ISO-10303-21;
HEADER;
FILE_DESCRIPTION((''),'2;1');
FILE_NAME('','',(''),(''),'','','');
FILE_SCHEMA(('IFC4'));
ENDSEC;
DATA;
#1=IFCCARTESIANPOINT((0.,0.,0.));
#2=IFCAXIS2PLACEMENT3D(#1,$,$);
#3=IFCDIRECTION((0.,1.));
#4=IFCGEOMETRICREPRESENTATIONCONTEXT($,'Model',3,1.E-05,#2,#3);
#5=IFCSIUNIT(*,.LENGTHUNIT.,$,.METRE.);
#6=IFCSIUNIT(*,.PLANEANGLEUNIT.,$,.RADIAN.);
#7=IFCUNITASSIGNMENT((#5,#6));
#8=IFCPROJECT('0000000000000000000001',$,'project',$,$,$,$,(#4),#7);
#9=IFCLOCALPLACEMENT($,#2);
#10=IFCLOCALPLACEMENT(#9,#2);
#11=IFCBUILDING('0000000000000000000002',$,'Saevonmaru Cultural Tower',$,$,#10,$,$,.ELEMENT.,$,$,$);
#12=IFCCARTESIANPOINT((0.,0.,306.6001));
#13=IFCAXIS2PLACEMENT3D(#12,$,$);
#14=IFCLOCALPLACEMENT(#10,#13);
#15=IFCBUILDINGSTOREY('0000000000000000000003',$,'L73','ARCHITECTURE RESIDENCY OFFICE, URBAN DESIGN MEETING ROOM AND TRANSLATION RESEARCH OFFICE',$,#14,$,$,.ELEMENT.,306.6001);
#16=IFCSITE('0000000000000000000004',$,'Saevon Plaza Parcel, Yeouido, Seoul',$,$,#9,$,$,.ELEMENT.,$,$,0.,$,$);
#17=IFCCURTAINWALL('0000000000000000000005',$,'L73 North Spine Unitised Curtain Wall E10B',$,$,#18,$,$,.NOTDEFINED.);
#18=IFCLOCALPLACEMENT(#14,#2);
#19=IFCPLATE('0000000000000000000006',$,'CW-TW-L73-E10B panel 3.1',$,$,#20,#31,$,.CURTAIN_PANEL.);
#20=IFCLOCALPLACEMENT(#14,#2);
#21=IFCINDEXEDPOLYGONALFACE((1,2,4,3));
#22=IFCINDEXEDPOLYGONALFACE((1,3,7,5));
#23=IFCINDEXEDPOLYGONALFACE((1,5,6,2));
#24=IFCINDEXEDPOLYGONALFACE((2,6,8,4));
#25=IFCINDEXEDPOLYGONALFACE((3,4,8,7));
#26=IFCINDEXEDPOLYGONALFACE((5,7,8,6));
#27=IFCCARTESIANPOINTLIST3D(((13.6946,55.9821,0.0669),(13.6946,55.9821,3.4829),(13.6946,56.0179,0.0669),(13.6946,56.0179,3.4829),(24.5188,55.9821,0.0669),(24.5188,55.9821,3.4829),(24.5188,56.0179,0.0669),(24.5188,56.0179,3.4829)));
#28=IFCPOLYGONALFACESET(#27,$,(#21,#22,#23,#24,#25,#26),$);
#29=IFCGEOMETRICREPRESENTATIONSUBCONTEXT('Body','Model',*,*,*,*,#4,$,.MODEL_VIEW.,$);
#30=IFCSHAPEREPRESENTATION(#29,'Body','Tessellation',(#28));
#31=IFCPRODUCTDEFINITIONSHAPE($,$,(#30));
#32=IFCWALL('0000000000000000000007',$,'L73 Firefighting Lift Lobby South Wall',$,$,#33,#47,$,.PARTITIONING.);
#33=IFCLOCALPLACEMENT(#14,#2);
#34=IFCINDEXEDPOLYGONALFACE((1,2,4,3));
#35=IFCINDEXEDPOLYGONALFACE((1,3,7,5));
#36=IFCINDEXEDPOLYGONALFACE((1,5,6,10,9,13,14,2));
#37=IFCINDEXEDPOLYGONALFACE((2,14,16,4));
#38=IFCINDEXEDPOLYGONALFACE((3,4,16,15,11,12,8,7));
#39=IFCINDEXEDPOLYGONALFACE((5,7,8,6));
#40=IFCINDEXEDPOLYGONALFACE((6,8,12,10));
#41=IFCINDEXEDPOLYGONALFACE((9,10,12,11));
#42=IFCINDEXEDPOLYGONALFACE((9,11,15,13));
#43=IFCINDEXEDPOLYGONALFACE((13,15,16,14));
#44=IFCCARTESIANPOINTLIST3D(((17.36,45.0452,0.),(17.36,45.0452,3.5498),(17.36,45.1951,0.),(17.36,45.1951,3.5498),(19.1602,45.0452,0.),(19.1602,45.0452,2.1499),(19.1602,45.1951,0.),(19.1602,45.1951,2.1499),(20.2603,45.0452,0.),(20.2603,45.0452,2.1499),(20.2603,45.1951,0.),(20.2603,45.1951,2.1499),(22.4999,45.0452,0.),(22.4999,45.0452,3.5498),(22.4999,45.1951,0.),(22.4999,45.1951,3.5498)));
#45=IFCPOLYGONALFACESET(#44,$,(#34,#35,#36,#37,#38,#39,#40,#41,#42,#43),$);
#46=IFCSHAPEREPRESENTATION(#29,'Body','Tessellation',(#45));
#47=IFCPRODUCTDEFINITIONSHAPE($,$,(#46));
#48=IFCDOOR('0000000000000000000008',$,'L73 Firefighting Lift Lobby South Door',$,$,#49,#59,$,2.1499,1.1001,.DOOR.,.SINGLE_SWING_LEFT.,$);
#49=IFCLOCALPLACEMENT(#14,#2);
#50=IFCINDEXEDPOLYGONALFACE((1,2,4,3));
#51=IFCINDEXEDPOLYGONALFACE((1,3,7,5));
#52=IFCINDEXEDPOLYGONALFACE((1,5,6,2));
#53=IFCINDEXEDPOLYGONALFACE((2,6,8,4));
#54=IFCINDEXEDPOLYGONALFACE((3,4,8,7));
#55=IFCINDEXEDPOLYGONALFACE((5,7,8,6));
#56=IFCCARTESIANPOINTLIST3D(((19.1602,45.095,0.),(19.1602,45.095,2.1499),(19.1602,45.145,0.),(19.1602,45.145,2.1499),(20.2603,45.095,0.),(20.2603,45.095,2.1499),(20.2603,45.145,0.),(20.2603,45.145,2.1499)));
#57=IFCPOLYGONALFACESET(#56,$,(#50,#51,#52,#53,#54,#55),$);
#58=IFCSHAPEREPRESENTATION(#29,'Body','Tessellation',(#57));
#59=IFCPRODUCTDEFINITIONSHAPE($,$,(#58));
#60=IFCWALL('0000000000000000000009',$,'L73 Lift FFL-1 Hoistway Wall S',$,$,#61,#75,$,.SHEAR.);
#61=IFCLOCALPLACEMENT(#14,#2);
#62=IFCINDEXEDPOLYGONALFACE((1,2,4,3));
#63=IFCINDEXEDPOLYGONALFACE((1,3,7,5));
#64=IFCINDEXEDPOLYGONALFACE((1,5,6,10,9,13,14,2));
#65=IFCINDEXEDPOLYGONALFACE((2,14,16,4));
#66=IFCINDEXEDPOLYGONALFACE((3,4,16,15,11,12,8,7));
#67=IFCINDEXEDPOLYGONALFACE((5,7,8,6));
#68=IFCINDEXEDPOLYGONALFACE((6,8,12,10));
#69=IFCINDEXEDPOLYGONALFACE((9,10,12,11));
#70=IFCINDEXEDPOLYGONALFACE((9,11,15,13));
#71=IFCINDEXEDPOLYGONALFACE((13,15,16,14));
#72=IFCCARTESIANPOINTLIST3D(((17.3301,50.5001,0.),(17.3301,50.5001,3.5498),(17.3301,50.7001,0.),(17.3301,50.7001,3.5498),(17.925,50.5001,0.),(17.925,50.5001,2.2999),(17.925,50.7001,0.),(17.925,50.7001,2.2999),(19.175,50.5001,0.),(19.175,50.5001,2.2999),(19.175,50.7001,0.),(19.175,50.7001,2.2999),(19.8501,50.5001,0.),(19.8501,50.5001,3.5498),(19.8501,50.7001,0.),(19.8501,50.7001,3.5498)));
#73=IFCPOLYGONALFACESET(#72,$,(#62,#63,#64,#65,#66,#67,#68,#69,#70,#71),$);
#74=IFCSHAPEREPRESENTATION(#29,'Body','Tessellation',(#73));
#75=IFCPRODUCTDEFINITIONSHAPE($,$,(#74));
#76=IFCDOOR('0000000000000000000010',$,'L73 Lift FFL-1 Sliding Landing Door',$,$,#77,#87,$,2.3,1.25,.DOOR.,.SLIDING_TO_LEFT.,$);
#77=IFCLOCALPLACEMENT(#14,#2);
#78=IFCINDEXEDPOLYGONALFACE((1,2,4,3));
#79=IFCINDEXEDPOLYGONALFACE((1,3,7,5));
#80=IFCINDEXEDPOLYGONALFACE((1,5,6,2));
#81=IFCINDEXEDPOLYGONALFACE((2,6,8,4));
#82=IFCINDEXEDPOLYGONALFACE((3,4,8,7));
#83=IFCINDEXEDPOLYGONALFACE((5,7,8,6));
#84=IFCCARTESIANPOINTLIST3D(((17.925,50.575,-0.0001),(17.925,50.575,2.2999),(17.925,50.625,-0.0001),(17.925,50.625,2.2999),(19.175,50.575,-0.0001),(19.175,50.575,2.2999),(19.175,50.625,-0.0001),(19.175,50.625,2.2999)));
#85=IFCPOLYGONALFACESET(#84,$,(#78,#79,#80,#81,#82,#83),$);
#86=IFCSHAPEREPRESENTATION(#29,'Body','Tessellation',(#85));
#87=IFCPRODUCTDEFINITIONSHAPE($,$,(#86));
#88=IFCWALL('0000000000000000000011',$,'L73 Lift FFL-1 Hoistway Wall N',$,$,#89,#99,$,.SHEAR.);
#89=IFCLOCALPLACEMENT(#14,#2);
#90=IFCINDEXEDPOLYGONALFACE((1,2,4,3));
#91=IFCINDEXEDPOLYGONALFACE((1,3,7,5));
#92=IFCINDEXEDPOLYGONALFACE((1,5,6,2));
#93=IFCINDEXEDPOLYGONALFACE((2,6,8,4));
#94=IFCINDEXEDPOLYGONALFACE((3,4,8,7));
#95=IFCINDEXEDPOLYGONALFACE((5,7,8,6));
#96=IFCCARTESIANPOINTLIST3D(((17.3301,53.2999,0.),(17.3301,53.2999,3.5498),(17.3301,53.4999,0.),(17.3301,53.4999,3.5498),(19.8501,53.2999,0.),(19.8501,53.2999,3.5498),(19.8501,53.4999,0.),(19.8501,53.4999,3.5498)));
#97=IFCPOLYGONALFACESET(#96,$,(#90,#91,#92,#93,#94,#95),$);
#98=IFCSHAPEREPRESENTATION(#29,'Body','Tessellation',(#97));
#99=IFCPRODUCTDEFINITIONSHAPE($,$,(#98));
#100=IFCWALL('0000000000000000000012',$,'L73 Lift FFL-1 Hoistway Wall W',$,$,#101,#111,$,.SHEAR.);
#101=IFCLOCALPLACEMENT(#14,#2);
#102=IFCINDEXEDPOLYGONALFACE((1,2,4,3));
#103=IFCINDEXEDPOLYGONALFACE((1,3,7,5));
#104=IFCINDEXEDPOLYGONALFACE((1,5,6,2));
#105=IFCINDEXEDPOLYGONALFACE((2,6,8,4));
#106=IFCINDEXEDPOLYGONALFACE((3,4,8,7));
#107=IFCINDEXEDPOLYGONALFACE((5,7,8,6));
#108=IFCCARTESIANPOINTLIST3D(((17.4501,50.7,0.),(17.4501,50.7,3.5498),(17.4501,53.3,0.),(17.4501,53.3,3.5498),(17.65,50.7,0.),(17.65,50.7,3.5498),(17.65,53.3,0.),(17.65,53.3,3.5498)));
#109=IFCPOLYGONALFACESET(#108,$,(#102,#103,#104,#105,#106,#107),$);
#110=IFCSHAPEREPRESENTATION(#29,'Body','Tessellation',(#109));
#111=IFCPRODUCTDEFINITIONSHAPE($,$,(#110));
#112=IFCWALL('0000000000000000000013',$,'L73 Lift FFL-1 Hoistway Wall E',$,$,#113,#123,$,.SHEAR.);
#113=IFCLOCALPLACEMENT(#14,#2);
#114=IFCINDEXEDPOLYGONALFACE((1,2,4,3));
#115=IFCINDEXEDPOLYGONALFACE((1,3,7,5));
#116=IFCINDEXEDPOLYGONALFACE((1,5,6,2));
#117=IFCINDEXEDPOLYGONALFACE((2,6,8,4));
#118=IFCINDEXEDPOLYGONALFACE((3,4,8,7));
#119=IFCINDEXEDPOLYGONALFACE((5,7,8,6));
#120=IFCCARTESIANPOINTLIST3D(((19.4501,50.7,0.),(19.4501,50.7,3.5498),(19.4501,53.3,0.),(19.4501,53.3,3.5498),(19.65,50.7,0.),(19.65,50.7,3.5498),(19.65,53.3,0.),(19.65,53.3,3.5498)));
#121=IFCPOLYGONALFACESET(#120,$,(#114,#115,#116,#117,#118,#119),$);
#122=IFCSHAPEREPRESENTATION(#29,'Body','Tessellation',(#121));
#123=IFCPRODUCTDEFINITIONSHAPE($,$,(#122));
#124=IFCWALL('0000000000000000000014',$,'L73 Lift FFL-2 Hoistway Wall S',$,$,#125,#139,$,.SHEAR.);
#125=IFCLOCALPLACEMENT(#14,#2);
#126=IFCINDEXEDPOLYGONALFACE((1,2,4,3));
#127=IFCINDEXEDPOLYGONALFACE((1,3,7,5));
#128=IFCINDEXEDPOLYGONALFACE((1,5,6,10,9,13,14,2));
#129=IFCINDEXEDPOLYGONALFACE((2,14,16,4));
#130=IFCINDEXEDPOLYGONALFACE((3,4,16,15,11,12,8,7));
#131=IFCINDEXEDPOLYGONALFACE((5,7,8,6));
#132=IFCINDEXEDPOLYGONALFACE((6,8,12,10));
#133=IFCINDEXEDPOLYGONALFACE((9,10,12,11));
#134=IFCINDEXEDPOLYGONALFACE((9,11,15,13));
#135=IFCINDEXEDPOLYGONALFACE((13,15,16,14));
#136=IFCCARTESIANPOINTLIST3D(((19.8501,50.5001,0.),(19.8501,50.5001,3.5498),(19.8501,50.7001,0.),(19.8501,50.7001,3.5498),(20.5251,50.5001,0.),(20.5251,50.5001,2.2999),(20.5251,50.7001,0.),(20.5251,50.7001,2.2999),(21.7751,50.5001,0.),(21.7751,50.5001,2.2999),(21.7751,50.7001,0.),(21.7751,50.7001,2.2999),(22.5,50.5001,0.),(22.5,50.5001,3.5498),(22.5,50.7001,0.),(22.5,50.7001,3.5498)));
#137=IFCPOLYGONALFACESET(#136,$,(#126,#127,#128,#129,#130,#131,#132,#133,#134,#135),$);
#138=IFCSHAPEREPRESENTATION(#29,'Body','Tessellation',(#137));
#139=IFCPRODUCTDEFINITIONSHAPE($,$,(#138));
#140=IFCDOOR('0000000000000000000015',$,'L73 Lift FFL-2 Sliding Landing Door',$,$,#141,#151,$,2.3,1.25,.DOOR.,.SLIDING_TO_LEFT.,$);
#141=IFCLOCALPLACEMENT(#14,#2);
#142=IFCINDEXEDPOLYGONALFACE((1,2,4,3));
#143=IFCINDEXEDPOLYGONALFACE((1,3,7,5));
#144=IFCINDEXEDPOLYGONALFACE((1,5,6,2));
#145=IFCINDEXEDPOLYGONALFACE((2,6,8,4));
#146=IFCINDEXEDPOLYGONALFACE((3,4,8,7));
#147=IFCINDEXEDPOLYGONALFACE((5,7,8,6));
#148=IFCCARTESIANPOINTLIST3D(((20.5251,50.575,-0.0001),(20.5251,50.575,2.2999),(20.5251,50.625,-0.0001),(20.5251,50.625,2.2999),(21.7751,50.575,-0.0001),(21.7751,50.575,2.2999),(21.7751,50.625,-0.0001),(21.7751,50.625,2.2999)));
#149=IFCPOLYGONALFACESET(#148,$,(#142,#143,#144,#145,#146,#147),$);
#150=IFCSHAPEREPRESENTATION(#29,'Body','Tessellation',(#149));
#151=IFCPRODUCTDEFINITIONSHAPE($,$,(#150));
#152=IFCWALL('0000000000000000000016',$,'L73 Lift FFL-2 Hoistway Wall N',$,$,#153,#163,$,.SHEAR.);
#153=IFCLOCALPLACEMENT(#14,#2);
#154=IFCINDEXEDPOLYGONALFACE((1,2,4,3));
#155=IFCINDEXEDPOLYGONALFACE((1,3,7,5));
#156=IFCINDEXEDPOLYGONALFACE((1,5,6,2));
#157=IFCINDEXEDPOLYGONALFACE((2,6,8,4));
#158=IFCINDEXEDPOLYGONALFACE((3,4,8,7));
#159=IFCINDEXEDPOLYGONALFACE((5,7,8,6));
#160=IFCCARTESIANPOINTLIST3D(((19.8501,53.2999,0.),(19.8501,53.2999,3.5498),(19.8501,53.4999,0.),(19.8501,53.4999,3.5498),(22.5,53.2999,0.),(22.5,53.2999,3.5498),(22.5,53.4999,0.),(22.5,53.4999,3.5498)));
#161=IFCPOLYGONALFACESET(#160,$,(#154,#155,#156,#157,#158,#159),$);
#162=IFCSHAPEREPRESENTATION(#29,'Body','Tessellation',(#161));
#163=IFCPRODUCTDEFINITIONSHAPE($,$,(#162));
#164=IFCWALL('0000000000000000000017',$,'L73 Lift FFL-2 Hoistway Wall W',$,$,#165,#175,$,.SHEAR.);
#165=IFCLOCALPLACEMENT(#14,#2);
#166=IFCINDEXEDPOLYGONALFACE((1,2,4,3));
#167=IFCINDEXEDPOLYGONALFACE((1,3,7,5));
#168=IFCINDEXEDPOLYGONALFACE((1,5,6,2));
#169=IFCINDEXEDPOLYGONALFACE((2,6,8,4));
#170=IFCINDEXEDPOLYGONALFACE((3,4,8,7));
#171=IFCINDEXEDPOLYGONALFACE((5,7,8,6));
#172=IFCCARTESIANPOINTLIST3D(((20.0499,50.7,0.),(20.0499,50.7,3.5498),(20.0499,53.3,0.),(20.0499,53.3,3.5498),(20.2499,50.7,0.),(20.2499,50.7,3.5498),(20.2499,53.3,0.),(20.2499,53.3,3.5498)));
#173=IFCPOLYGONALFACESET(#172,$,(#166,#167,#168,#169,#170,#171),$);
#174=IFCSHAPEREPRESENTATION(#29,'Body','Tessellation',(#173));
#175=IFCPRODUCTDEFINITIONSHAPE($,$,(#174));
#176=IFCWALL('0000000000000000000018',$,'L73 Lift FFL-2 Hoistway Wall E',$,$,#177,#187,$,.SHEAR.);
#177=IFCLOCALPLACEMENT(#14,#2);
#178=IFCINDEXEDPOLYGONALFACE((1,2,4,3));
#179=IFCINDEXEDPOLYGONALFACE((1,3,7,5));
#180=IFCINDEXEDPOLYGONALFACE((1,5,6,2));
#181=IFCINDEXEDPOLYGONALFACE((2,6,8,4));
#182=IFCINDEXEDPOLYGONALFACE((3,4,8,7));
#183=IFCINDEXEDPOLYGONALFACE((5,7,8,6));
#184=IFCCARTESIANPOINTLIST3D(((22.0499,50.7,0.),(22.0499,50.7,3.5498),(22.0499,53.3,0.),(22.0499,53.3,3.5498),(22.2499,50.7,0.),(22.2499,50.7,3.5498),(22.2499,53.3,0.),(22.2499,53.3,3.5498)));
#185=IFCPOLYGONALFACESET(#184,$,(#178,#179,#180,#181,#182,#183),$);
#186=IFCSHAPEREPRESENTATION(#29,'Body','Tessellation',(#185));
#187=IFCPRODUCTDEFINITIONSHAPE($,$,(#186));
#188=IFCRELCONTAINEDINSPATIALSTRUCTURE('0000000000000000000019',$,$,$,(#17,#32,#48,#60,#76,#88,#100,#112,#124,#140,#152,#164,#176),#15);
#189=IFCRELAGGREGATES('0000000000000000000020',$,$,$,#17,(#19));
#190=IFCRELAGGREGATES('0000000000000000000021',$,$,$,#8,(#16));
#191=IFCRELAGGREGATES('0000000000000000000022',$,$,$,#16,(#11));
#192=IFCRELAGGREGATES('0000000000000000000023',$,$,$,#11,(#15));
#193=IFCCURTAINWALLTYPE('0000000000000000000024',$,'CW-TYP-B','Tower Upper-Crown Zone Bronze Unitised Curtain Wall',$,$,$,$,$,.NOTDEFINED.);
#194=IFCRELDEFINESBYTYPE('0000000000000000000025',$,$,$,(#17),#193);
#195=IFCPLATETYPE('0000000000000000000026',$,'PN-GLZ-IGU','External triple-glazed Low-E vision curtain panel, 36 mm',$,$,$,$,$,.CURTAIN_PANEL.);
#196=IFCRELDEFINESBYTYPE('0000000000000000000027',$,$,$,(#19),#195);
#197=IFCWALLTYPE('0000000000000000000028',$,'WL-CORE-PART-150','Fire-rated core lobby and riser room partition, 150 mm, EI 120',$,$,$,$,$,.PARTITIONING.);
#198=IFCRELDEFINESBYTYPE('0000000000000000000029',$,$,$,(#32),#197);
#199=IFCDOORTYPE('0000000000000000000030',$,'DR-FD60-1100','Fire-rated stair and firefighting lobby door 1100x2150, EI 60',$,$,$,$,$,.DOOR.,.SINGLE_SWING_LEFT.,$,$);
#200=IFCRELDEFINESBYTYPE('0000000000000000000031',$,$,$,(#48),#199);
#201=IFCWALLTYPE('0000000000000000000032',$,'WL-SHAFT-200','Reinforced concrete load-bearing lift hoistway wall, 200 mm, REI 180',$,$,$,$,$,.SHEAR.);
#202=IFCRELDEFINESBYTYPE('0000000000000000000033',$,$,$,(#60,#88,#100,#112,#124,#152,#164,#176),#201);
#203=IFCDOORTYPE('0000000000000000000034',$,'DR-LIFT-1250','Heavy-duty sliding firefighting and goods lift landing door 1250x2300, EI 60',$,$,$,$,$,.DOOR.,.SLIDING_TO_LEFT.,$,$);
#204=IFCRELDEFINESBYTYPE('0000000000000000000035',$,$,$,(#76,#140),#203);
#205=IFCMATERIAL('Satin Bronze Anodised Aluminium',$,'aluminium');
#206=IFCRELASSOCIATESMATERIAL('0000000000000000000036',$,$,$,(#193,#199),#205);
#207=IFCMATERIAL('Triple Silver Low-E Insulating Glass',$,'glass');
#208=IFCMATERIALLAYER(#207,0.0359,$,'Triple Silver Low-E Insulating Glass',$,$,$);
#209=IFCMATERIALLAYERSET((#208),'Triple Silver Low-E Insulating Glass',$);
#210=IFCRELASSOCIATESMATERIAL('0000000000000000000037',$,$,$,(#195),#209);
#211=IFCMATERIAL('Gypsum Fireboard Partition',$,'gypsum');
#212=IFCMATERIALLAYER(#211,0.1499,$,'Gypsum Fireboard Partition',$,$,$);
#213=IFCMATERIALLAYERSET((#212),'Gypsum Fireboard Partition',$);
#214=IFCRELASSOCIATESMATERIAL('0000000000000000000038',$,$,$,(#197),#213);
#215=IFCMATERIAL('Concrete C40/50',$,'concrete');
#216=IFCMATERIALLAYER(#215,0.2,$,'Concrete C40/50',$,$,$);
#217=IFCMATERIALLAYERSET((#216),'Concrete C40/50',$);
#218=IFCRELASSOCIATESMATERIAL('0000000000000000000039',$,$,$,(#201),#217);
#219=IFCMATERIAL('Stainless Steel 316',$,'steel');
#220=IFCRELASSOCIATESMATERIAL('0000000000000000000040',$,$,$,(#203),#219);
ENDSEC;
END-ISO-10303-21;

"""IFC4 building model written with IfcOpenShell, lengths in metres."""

from ifc_helpers import new_model, si_unit, direction, frame, frame_2d, origin, origin_2d, place, context, subcontext, project, spatial, rectangle, extrude, material, layer, layer_set, type_object, element, fill, aggregate, save


model = new_model("IFC4")

# Units and contexts
model_context = context("Model", 3, precision=1e-05, world=origin(), true_north=direction((0.0, 1.0)))
body_context = subcontext(model_context, "Body", "Model", "MODEL_VIEW")
ifc_project = project(units=[si_unit("LENGTHUNIT", "METRE"), si_unit("PLANEANGLEUNIT", "RADIAN")], contexts=[model_context])

# Site, building, storey
site_placement = place(None, origin())
site = spatial("IfcSite", under=ifc_project, at=site_placement, Name="Saevon Plaza Parcel, Yeouido, Seoul", CompositionType="ELEMENT", RefElevation=0.0)
building_placement = place(site_placement, origin())
building = spatial("IfcBuilding", under=site, at=building_placement, Name="Saevonmaru Cultural Tower", CompositionType="ELEMENT")
storey_placement = place(building_placement, frame((0.0, 0.0, 306.6001)))
storey = spatial("IfcBuildingStorey", under=building, at=storey_placement, Name="L73", Description="ARCHITECTURE RESIDENCY OFFICE, URBAN DESIGN MEETING ROOM AND TRANSLATION RESEARCH OFFICE", CompositionType="ELEMENT", Elevation=306.6001)

# Curtain wall, plate
ifc_material_1 = material(Name="Satin Bronze Anodised Aluminium", Category="aluminium")
curtain_wall_type = type_object("IfcCurtainWallType", Name="CW-TYP-B", Description="Tower Upper-Crown Zone Bronze Unitised Curtain Wall", PredefinedType="NOTDEFINED", material=ifc_material_1)
curtain_wall_placement = place(storey_placement, origin())
curtain_wall = element("IfcCurtainWall", 1, at=curtain_wall_placement, inside=storey, type_object=curtain_wall_type, Name="L73 North Spine Unitised Curtain Wall E10B", PredefinedType="NOTDEFINED")
ifc_material_2 = material(Name="Triple Silver Low-E Insulating Glass", Category="glass")
ifc_layer_1 = layer(ifc_material_2, 0.0359, Name="Triple Silver Low-E Insulating Glass")
ifc_layer_set_1 = layer_set([ifc_layer_1], Name="Triple Silver Low-E Insulating Glass")
plate_type = type_object("IfcPlateType", Name="PN-GLZ-IGU", Description="External triple-glazed Low-E vision curtain panel, 36 mm", PredefinedType="CURTAIN_PANEL", material=ifc_layer_set_1)
plate_placement = place(storey_placement, frame((19.1067, 56.0, 0.0669), z_axis=(0.0, 0.0, 1.0), x_axis=(-1.0, 0.0, 0.0)))
plate = element("IfcPlate", 2, at=plate_placement, type_object=plate_type, Name="CW-TW-L73-E10B panel 3.1", PredefinedType="CURTAIN_PANEL", context=body_context, shape_type="SweptSolid", body=[
    extrude(rectangle(XDim=10.8242, YDim=0.0359, at=origin_2d()), origin(), (0.0, 0.0, 1.0), 3.416),
])
aggregate(curtain_wall, [plate])

# Walls, openings, doors
ifc_material_3 = material(Name="Gypsum Fireboard Partition", Category="gypsum")
ifc_layer_2 = layer(ifc_material_3, 0.1499, Name="Gypsum Fireboard Partition")
ifc_layer_set_2 = layer_set([ifc_layer_2], Name="Gypsum Fireboard Partition")
wall_type_1 = type_object("IfcWallType", Name="WL-CORE-PART-150", Description="Fire-rated core lobby and riser room partition, 150 mm, EI 120", PredefinedType="PARTITIONING", material=ifc_layer_set_2)
wall_1_placement = place(storey_placement, frame((17.3601, 45.1201, 0.0), z_axis=(0.0, 0.0, 1.0), x_axis=(1.0, 0.0, 0.0)))
wall_1 = element("IfcWall", 3, at=wall_1_placement, inside=storey, type_object=wall_type_1, Name="L73 Firefighting Lift Lobby South Wall", PredefinedType="PARTITIONING", context=body_context, shape_type="SweptSolid", body=[
    extrude(rectangle(XDim=5.1399, YDim=0.1499, at=frame_2d((2.5698, 0.0))), origin(), (0.0, 0.0, 1.0), 3.5498),
])
opening_1_placement = place(wall_1_placement, frame((1.8, 0.0, 0.0)))
opening_1 = element("IfcOpeningElement", 4, at=opening_1_placement, cuts=wall_1, PredefinedType="OPENING", context=body_context, shape_type="SweptSolid", body=[
    extrude(rectangle(XDim=1.1001, YDim=2.1499, at=frame_2d((0.55, 1.075))), frame((0.0, 0.085, 0.0), z_axis=(0.0, -1.0, 0.0), x_axis=(1.0, 0.0, 0.0)), (0.0, 0.0, 1.0), 0.1699),
])
door_type_1 = type_object("IfcDoorType", Name="DR-FD60-1100", Description="Fire-rated stair and firefighting lobby door 1100x2150, EI 60", OperationType="SINGLE_SWING_LEFT", PredefinedType="DOOR", material=ifc_material_1)
door_1_placement = place(opening_1_placement, origin())
door_1 = element("IfcDoor", 5, at=door_1_placement, inside=storey, type_object=door_type_1, Name="L73 Firefighting Lift Lobby South Door", OperationType="SINGLE_SWING_LEFT", OverallHeight=2.1499, OverallWidth=1.1001, PredefinedType="DOOR", context=body_context, shape_type="SweptSolid", body=[
    extrude(rectangle(XDim=1.1001, YDim=2.1499, at=frame_2d((0.55, 1.075))), frame((0.0, 0.0249, 0.0), z_axis=(0.0, -1.0, 0.0), x_axis=(1.0, 0.0, 0.0)), (0.0, 0.0, 1.0), 0.05),
])
fill(opening_1, door_1)
ifc_material_4 = material(Name="Concrete C40/50", Category="concrete")
ifc_layer_3 = layer(ifc_material_4, 0.2, Name="Concrete C40/50")
ifc_layer_set_3 = layer_set([ifc_layer_3], Name="Concrete C40/50")
wall_type_2 = type_object("IfcWallType", Name="WL-SHAFT-200", Description="Reinforced concrete load-bearing lift hoistway wall, 200 mm, REI 180", PredefinedType="SHEAR", material=ifc_layer_set_3)
wall_2_placement = place(storey_placement, frame((17.3301, 50.6001, 0.0), z_axis=(0.0, 0.0, 1.0), x_axis=(1.0, 0.0, 0.0)))
wall_2 = element("IfcWall", 6, at=wall_2_placement, inside=storey, type_object=wall_type_2, Name="L73 Lift FFL-1 Hoistway Wall S", PredefinedType="SHEAR", context=body_context, shape_type="SweptSolid", body=[
    extrude(rectangle(XDim=2.52, YDim=0.2, at=frame_2d((1.26, 0.0))), origin(), (0.0, 0.0, 1.0), 3.5498),
])
opening_2_placement = place(wall_2_placement, frame((0.595, 0.0, 0.0)))
opening_2 = element("IfcOpeningElement", 7, at=opening_2_placement, cuts=wall_2, PredefinedType="OPENING", context=body_context, shape_type="SweptSolid", body=[
    extrude(rectangle(XDim=1.25, YDim=2.3, at=frame_2d((0.625, 1.1499))), frame((0.0, 0.1099, 0.0), z_axis=(0.0, -1.0, 0.0), x_axis=(1.0, 0.0, 0.0)), (0.0, 0.0, 1.0), 0.22),
])
ifc_material_5 = material(Name="Stainless Steel 316", Category="steel")
door_type_2 = type_object("IfcDoorType", Name="DR-LIFT-1250", Description="Heavy-duty sliding firefighting and goods lift landing door 1250x2300, EI 60", OperationType="SLIDING_TO_LEFT", PredefinedType="DOOR", material=ifc_material_5)
door_2_placement = place(opening_2_placement, origin())
door_2 = element("IfcDoor", 8, at=door_2_placement, inside=storey, type_object=door_type_2, Name="L73 Lift FFL-1 Sliding Landing Door", OperationType="SLIDING_TO_LEFT", OverallHeight=2.3, OverallWidth=1.25, PredefinedType="DOOR", context=body_context, shape_type="SweptSolid", body=[
    extrude(rectangle(XDim=1.25, YDim=2.3, at=frame_2d((0.625, 1.1499))), frame((0.0, 0.0249, 0.0), z_axis=(0.0, -1.0, 0.0), x_axis=(1.0, 0.0, 0.0)), (0.0, 0.0, 1.0), 0.05),
])
fill(opening_2, door_2)

# Walls
wall_3_placement = place(storey_placement, frame((17.3301, 53.3999, 0.0), z_axis=(0.0, 0.0, 1.0), x_axis=(1.0, 0.0, 0.0)))
element("IfcWall", 9, at=wall_3_placement, inside=storey, type_object=wall_type_2, Name="L73 Lift FFL-1 Hoistway Wall N", PredefinedType="SHEAR", context=body_context, shape_type="SweptSolid", body=[
    extrude(rectangle(XDim=2.52, YDim=0.2, at=frame_2d((1.26, 0.0))), origin(), (0.0, 0.0, 1.0), 3.5498),
])
for number, where, z_axis, x_axis, name in (
    (10, (17.55, 50.7, 0.0), (0.0, 0.0, 1.0), (0.0, 1.0, 0.0), "L73 Lift FFL-1 Hoistway Wall W"),
    (11, (19.55, 50.7, 0.0), (0.0, 0.0, 1.0), (0.0, 1.0, 0.0), "L73 Lift FFL-1 Hoistway Wall E"),
):
    element("IfcWall", number, at=place(storey_placement, frame(where, z_axis=z_axis, x_axis=x_axis)), inside=storey, type_object=wall_type_2, Name=name, PredefinedType="SHEAR", context=body_context, shape_type="SweptSolid", body=[
        extrude(rectangle(XDim=2.6001, YDim=0.2, at=frame_2d((1.3, 0.0))), origin(), (0.0, 0.0, 1.0), 3.5498),
    ])

# Wall, opening, door
wall_4_placement = place(storey_placement, frame((19.8501, 50.6001, 0.0), z_axis=(0.0, 0.0, 1.0), x_axis=(1.0, 0.0, 0.0)))
wall_4 = element("IfcWall", 12, at=wall_4_placement, inside=storey, type_object=wall_type_2, Name="L73 Lift FFL-2 Hoistway Wall S", PredefinedType="SHEAR", context=body_context, shape_type="SweptSolid", body=[
    extrude(rectangle(XDim=2.6499, YDim=0.2, at=frame_2d((1.325, 0.0))), origin(), (0.0, 0.0, 1.0), 3.5498),
])
opening_3_placement = place(wall_4_placement, frame((0.675, 0.0, 0.0)))
opening_3 = element("IfcOpeningElement", 13, at=opening_3_placement, cuts=wall_4, PredefinedType="OPENING", context=body_context, shape_type="SweptSolid", body=[
    extrude(rectangle(XDim=1.25, YDim=2.3, at=frame_2d((0.625, 1.1499))), frame((0.0, 0.1099, 0.0), z_axis=(0.0, -1.0, 0.0), x_axis=(1.0, 0.0, 0.0)), (0.0, 0.0, 1.0), 0.22),
])
door_3_placement = place(opening_3_placement, origin())
door_3 = element("IfcDoor", 14, at=door_3_placement, inside=storey, type_object=door_type_2, Name="L73 Lift FFL-2 Sliding Landing Door", OperationType="SLIDING_TO_LEFT", OverallHeight=2.3, OverallWidth=1.25, PredefinedType="DOOR", context=body_context, shape_type="SweptSolid", body=[
    extrude(rectangle(XDim=1.25, YDim=2.3, at=frame_2d((0.625, 1.1499))), frame((0.0, 0.0249, 0.0), z_axis=(0.0, -1.0, 0.0), x_axis=(1.0, 0.0, 0.0)), (0.0, 0.0, 1.0), 0.05),
])
fill(opening_3, door_3)

# Walls
wall_5_placement = place(storey_placement, frame((19.8501, 53.3999, 0.0), z_axis=(0.0, 0.0, 1.0), x_axis=(1.0, 0.0, 0.0)))
element("IfcWall", 15, at=wall_5_placement, inside=storey, type_object=wall_type_2, Name="L73 Lift FFL-2 Hoistway Wall N", PredefinedType="SHEAR", context=body_context, shape_type="SweptSolid", body=[
    extrude(rectangle(XDim=2.6499, YDim=0.2, at=frame_2d((1.325, 0.0))), origin(), (0.0, 0.0, 1.0), 3.5498),
])
for number, where, z_axis, x_axis, name in (
    (16, (20.1499, 50.7, 0.0), (0.0, 0.0, 1.0), (0.0, 1.0, 0.0), "L73 Lift FFL-2 Hoistway Wall W"),
    (17, (22.1499, 50.7, 0.0), (0.0, 0.0, 1.0), (0.0, 1.0, 0.0), "L73 Lift FFL-2 Hoistway Wall E"),
):
    element("IfcWall", number, at=place(storey_placement, frame(where, z_axis=z_axis, x_axis=x_axis)), inside=storey, type_object=wall_type_2, Name=name, PredefinedType="SHEAR", context=body_context, shape_type="SweptSolid", body=[
        extrude(rectangle(XDim=2.6001, YDim=0.2, at=frame_2d((1.3, 0.0))), origin(), (0.0, 0.0, 1.0), 3.5498),
    ])

save(model, "model.ifc")
